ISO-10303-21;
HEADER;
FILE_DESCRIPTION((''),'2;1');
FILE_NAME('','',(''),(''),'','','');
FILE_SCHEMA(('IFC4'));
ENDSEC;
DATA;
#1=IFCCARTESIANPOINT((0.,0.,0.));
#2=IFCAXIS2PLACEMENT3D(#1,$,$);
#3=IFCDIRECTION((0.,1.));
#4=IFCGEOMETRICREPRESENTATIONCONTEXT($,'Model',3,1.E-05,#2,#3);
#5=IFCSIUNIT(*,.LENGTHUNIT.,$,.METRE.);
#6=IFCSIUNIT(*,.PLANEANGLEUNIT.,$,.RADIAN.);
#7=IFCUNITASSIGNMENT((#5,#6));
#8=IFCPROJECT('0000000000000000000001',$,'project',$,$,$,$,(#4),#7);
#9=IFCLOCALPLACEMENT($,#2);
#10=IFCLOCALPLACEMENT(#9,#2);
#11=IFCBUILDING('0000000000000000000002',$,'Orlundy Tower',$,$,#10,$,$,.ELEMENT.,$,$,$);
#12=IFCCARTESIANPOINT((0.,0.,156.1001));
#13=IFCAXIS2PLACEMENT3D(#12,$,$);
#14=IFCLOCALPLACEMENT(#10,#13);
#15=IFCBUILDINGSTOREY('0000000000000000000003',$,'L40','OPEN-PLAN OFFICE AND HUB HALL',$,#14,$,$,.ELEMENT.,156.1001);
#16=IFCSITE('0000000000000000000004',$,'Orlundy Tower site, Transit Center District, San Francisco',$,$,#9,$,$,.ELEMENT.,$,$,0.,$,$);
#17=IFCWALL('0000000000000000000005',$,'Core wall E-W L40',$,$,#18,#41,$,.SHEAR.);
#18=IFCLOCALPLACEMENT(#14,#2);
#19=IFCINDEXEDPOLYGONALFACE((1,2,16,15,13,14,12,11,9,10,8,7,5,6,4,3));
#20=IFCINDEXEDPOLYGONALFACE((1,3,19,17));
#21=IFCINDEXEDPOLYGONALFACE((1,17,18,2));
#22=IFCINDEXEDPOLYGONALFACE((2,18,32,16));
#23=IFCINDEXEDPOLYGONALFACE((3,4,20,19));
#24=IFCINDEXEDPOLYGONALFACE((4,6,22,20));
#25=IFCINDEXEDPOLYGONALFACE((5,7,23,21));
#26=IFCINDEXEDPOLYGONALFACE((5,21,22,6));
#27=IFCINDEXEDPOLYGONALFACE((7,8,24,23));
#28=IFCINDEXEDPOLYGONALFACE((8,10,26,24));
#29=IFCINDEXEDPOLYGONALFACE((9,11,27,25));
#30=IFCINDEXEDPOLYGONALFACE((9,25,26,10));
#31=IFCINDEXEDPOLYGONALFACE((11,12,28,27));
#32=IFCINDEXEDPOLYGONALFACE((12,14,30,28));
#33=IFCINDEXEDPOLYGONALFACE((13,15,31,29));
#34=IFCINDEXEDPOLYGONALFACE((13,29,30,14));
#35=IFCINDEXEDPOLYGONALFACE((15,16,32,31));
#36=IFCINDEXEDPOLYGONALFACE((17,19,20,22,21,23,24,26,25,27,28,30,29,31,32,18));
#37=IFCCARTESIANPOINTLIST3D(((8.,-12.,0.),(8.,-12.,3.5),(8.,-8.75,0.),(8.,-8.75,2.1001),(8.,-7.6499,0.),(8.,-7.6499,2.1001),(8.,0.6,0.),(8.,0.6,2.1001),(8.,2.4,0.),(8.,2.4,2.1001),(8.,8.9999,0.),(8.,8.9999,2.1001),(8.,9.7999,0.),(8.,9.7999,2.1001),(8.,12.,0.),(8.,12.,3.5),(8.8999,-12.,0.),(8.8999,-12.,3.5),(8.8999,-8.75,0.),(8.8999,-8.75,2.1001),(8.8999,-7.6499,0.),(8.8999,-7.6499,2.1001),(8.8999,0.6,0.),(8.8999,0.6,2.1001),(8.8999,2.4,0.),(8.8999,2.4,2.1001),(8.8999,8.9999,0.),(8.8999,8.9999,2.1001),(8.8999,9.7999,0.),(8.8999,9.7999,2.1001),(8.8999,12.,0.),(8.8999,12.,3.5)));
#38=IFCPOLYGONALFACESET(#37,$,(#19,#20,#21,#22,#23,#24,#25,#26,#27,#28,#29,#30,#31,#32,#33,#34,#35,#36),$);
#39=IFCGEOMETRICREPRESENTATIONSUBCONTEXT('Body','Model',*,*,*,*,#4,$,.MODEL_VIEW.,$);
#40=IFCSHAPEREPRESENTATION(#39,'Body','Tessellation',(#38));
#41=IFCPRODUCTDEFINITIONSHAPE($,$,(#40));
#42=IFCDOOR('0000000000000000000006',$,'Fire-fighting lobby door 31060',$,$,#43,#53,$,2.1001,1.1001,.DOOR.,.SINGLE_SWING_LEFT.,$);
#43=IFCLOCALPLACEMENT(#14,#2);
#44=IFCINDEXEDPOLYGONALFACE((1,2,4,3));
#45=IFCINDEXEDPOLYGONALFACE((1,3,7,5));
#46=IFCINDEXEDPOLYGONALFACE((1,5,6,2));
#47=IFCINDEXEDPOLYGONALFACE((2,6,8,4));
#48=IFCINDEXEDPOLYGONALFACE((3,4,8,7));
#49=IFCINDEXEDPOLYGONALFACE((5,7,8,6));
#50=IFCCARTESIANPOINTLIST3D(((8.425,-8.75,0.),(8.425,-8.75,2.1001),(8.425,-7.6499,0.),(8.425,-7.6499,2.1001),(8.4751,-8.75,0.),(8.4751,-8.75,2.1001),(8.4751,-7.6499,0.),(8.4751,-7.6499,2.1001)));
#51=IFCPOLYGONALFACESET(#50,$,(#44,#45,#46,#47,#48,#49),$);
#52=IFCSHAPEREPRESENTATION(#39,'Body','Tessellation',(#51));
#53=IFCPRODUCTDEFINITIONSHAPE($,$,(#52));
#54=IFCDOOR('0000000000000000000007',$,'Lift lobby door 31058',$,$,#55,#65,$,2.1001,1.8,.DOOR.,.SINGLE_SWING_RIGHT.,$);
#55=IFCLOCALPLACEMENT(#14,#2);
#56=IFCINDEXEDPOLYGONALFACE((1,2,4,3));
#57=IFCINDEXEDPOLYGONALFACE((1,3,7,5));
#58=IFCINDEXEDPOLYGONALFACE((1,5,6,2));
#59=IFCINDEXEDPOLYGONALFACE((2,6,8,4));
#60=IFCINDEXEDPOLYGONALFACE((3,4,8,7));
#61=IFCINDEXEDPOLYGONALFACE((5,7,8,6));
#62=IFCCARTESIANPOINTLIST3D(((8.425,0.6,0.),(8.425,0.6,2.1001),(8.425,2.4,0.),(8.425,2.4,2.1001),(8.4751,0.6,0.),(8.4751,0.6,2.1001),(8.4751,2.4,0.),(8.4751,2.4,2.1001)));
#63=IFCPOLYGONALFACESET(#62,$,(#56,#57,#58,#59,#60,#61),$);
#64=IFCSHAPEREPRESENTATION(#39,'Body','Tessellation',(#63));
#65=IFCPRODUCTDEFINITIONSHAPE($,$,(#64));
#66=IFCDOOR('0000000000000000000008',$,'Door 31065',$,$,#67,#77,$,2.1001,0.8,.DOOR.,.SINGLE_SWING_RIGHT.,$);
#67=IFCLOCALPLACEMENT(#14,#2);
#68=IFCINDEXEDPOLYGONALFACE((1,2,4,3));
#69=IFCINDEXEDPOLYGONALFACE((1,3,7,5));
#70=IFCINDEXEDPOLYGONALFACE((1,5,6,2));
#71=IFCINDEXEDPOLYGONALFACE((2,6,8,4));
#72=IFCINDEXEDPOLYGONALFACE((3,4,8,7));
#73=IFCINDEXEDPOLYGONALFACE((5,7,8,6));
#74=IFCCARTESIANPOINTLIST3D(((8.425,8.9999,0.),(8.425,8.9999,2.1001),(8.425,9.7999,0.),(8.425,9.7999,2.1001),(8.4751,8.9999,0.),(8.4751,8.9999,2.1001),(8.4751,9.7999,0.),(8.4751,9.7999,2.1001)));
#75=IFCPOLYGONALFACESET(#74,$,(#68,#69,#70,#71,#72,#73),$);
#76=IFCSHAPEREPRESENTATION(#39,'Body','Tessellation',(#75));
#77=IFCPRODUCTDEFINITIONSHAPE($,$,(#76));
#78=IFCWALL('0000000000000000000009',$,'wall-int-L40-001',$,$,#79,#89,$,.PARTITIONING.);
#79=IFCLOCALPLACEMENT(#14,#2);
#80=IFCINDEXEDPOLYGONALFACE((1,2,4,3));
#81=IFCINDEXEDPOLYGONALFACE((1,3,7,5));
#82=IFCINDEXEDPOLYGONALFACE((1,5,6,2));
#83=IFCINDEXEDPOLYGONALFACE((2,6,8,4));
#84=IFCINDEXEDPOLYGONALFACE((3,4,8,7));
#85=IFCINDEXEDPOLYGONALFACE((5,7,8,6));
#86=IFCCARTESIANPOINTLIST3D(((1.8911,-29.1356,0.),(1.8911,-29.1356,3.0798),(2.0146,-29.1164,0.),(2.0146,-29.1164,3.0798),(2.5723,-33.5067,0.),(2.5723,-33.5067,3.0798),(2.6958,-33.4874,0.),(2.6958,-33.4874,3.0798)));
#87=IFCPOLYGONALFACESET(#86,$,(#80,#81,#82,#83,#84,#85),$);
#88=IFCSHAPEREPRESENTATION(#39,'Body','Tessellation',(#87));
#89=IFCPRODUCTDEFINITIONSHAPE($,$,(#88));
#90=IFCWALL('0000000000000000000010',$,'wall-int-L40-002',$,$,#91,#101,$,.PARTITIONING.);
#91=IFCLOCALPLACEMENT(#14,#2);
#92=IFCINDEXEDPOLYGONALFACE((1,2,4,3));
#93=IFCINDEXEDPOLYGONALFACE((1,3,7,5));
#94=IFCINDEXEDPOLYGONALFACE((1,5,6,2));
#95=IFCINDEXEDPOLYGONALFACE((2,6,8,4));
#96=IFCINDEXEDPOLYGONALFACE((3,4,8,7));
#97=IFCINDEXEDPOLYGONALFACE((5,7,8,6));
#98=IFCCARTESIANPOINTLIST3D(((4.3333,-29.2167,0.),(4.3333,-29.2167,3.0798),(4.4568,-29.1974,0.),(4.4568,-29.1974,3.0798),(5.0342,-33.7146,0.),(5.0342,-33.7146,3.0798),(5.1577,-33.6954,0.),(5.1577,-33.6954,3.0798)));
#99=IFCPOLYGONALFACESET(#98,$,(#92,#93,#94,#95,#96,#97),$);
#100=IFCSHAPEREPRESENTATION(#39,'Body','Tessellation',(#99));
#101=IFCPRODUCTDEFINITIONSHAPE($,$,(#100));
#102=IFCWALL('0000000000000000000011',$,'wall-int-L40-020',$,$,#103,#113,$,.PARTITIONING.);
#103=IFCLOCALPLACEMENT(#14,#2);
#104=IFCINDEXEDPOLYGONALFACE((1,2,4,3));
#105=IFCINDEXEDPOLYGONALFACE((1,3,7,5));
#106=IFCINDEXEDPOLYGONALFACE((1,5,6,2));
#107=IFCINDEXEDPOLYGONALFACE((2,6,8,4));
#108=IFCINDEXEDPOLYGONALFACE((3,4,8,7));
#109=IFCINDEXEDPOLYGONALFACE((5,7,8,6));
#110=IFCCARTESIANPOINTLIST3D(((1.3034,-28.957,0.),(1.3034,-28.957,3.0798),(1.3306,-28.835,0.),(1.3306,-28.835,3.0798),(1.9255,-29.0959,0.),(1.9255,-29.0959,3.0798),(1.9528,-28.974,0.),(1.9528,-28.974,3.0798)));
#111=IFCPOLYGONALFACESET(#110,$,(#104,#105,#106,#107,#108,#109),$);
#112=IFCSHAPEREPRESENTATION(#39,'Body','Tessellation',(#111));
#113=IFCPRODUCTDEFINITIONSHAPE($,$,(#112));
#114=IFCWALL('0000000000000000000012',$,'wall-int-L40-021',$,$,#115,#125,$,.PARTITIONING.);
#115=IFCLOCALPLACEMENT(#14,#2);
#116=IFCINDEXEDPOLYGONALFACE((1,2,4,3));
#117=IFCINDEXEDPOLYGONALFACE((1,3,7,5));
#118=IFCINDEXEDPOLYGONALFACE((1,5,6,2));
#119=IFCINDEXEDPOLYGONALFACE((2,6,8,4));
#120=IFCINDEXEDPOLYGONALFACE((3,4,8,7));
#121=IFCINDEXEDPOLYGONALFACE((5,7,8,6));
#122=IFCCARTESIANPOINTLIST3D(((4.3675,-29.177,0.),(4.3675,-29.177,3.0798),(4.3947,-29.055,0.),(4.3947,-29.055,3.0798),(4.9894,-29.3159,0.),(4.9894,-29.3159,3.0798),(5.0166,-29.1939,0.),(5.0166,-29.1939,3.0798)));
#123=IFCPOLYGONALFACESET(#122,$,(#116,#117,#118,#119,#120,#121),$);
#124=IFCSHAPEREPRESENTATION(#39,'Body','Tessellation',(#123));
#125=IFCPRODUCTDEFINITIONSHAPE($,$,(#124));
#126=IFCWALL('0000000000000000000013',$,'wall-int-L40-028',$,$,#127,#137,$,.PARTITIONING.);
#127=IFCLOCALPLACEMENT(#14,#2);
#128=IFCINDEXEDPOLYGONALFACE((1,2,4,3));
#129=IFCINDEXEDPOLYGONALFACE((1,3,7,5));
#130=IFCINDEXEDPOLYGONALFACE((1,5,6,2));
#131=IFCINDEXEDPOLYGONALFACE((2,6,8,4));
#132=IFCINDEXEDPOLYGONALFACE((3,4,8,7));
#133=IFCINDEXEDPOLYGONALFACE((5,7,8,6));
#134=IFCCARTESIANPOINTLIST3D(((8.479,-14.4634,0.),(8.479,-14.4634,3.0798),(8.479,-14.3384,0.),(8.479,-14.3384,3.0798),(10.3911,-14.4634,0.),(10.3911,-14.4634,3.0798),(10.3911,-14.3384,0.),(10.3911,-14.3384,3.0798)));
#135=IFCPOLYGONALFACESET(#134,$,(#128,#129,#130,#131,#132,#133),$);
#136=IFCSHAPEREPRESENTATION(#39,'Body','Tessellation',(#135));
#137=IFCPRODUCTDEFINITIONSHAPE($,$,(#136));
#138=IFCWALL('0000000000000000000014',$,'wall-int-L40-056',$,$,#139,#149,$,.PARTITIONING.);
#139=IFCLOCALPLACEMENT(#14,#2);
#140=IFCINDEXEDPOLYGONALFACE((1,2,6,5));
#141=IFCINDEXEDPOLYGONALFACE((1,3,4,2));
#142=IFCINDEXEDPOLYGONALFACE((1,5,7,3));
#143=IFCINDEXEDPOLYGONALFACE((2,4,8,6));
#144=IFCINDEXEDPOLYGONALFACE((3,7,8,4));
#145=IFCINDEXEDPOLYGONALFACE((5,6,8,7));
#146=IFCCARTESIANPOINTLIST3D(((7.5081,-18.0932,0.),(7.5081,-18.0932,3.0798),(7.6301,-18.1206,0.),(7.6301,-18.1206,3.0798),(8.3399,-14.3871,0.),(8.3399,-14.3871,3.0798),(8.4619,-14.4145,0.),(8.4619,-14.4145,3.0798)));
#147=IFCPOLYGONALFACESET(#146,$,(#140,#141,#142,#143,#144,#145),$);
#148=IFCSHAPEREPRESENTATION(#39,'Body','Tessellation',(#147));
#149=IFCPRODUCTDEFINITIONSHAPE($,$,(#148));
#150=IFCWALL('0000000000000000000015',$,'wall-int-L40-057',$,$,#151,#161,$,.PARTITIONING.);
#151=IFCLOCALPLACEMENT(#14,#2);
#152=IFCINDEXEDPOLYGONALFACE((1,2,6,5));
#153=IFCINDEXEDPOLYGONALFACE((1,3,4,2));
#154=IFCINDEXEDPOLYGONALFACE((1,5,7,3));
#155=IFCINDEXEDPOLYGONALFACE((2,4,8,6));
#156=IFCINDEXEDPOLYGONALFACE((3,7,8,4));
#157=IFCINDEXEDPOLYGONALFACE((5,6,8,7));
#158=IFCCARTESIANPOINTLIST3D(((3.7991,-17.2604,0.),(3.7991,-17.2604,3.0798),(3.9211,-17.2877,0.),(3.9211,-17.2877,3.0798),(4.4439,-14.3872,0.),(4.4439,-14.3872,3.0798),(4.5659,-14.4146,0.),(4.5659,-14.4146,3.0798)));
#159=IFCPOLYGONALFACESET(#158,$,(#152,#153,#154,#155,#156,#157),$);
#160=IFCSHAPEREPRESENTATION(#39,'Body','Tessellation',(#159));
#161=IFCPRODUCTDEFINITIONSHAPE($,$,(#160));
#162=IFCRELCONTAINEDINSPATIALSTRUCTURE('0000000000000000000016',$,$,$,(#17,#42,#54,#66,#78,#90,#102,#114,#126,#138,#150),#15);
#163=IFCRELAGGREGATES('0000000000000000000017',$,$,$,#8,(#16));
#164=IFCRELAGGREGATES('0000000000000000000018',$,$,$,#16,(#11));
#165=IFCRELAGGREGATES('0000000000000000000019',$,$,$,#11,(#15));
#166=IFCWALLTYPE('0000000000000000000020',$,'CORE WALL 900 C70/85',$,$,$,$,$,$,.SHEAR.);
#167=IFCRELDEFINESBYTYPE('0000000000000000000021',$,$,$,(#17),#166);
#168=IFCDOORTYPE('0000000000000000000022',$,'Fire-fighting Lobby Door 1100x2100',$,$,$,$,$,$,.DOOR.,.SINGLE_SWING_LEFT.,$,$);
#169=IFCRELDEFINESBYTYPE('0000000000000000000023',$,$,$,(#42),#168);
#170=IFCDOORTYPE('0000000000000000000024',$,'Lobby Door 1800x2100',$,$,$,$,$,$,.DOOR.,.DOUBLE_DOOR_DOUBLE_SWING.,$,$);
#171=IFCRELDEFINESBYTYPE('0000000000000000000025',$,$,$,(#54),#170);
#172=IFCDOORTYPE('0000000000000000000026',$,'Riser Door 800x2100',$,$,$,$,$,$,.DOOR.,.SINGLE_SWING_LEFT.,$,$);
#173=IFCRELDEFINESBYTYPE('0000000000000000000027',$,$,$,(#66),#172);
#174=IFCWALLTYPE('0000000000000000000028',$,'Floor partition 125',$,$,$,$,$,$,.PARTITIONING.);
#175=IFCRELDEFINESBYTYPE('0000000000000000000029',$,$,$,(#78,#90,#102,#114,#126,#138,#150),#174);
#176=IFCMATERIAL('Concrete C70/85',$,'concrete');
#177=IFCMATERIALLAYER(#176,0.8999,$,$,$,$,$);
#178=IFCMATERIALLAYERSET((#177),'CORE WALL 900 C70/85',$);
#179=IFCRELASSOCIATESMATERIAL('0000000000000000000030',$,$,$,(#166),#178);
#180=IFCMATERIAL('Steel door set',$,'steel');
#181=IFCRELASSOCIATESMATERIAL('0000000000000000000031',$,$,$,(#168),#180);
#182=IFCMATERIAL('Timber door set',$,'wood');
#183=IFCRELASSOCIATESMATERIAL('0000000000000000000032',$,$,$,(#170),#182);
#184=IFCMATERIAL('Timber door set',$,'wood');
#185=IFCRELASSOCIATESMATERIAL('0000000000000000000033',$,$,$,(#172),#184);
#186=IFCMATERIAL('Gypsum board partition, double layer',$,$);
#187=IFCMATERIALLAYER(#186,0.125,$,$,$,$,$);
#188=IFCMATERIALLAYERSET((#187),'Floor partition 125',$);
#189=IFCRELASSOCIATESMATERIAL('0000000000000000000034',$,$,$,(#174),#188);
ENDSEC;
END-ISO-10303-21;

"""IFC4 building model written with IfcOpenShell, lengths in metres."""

from ifc_helpers import new_model, si_unit, direction, frame, frame_2d, origin, place, context, subcontext, project, spatial, rectangle, extrude, material, layer, layer_set, type_object, element, fill, save


model = new_model("IFC4")

# Units and contexts
model_context = context("Model", 3, precision=1e-05, world=origin(), true_north=direction((0.0, 1.0)))
body_context = subcontext(model_context, "Body", "Model", "MODEL_VIEW")
ifc_project = project(units=[si_unit("LENGTHUNIT", "METRE"), si_unit("PLANEANGLEUNIT", "RADIAN")], contexts=[model_context])

# Site, building, storey
site_placement = place(None, origin())
site = spatial("IfcSite", under=ifc_project, at=site_placement, Name="Orlundy Tower site, Transit Center District, San Francisco", CompositionType="ELEMENT", RefElevation=0.0)
building_placement = place(site_placement, origin())
building = spatial("IfcBuilding", under=site, at=building_placement, Name="Orlundy Tower", CompositionType="ELEMENT")
storey_placement = place(building_placement, frame((0.0, 0.0, 156.1001)))
storey = spatial("IfcBuildingStorey", under=building, at=storey_placement, Name="L40", Description="OPEN-PLAN OFFICE AND HUB HALL", CompositionType="ELEMENT", Elevation=156.1001)

# Shared definitions
ifc_material_1 = material(Name="Concrete C70/85", Category="concrete")
ifc_layer_1 = layer(ifc_material_1, 0.8999)
ifc_layer_set_1 = layer_set([ifc_layer_1], Name="CORE WALL 900 C70/85")
wall_type_1 = type_object("IfcWallType", Name="CORE WALL 900 C70/85", PredefinedType="SHEAR", material=ifc_layer_set_1)

# Wall, openings, doors
wall_1_placement = place(storey_placement, frame((8.45, -12.0, 0.0), z_axis=(0.0, 0.0, 1.0), x_axis=(0.0, 1.0, 0.0)))
wall_1 = element("IfcWall", 1, at=wall_1_placement, inside=storey, type_object=wall_type_1, Name="Core wall E-W L40", PredefinedType="SHEAR", context=body_context, shape_type="SweptSolid", body=[
    extrude(rectangle(XDim=24.0, YDim=0.8999, at=frame_2d((12.0, 0.0))), origin(), (0.0, 0.0, 1.0), 3.5),
])
opening_1_placement = place(wall_1_placement, frame((12.6001, 0.0, 0.0)))
opening_1 = element("IfcOpeningElement", 2, at=opening_1_placement, cuts=wall_1, PredefinedType="OPENING", context=body_context, shape_type="SweptSolid", body=[
    extrude(rectangle(XDim=1.8, YDim=2.1001, at=frame_2d((0.8999, 1.05))), frame((0.0, 0.46, 0.0), z_axis=(0.0, -1.0, 0.0), x_axis=(1.0, 0.0, 0.0)), (0.0, 0.0, 1.0), 0.9199),
])
opening_2_placement = place(wall_1_placement, frame((3.25, 0.0, 0.0)))
opening_2 = element("IfcOpeningElement", 3, at=opening_2_placement, cuts=wall_1, PredefinedType="OPENING", context=body_context, shape_type="SweptSolid", body=[
    extrude(rectangle(XDim=1.1001, YDim=2.1001, at=frame_2d((0.55, 1.05))), frame((0.0, 0.46, 0.0), z_axis=(0.0, -1.0, 0.0), x_axis=(1.0, 0.0, 0.0)), (0.0, 0.0, 1.0), 0.9199),
])
opening_3_placement = place(wall_1_placement, frame((21.0, 0.0, 0.0)))
opening_3 = element("IfcOpeningElement", 4, at=opening_3_placement, cuts=wall_1, PredefinedType="OPENING", context=body_context, shape_type="SweptSolid", body=[
    extrude(rectangle(XDim=0.8, YDim=2.1001, at=frame_2d((0.3999, 1.05))), frame((0.0, 0.46, 0.0), z_axis=(0.0, -1.0, 0.0), x_axis=(1.0, 0.0, 0.0)), (0.0, 0.0, 1.0), 0.9199),
])
ifc_material_2 = material(Name="Steel door set", Category="steel")
door_type_1 = type_object("IfcDoorType", Name="Fire-fighting Lobby Door 1100x2100", OperationType="SINGLE_SWING_LEFT", PredefinedType="DOOR", material=ifc_material_2)
door_1_placement = place(opening_2_placement, origin())
door_1 = element("IfcDoor", 5, at=door_1_placement, inside=storey, type_object=door_type_1, Name="Fire-fighting lobby door 31060", OperationType="SINGLE_SWING_LEFT", OverallHeight=2.1001, OverallWidth=1.1001, PredefinedType="DOOR", context=body_context, shape_type="SweptSolid", body=[
    extrude(rectangle(XDim=1.1001, YDim=2.1001, at=frame_2d((0.55, 1.05))), frame((0.0, 0.0249, 0.0), z_axis=(0.0, -1.0, 0.0), x_axis=(1.0, 0.0, 0.0)), (0.0, 0.0, 1.0), 0.05),
])
fill(opening_2, door_1)
ifc_material_3 = material(Name="Timber door set", Category="wood")
door_type_2 = type_object("IfcDoorType", Name="Lobby Door 1800x2100", OperationType="DOUBLE_DOOR_DOUBLE_SWING", PredefinedType="DOOR", material=ifc_material_3)
door_2_placement = place(opening_1_placement, origin())
door_2 = element("IfcDoor", 6, at=door_2_placement, inside=storey, type_object=door_type_2, Name="Lift lobby door 31058", OperationType="SINGLE_SWING_RIGHT", OverallHeight=2.1001, OverallWidth=1.8, PredefinedType="DOOR", context=body_context, shape_type="SweptSolid", body=[
    extrude(rectangle(XDim=1.8, YDim=2.1001, at=frame_2d((0.8999, 1.05))), frame((0.0, 0.0249, 0.0), z_axis=(0.0, -1.0, 0.0), x_axis=(1.0, 0.0, 0.0)), (0.0, 0.0, 1.0), 0.05),
])
fill(opening_1, door_2)
ifc_material_4 = material(Name="Timber door set", Category="wood")
door_type_3 = type_object("IfcDoorType", Name="Riser Door 800x2100", OperationType="SINGLE_SWING_LEFT", PredefinedType="DOOR", material=ifc_material_4)
door_3_placement = place(opening_3_placement, origin())
door_3 = element("IfcDoor", 7, at=door_3_placement, inside=storey, type_object=door_type_3, Name="Door 31065", OperationType="SINGLE_SWING_RIGHT", OverallHeight=2.1001, OverallWidth=0.8, PredefinedType="DOOR", context=body_context, shape_type="SweptSolid", body=[
    extrude(rectangle(XDim=0.8, YDim=2.1001, at=frame_2d((0.3999, 1.05))), frame((0.0, 0.0249, 0.0), z_axis=(0.0, -1.0, 0.0), x_axis=(1.0, 0.0, 0.0)), (0.0, 0.0, 1.0), 0.05),
])
fill(opening_3, door_3)

# Walls
ifc_material_5 = material(Name="Gypsum board partition, double layer")
ifc_layer_2 = layer(ifc_material_5, 0.125)
ifc_layer_set_2 = layer_set([ifc_layer_2], Name="Floor partition 125")
wall_type_2 = type_object("IfcWallType", Name="Floor partition 125", PredefinedType="PARTITIONING", material=ifc_layer_set_2)
wall_2_placement = place(storey_placement, frame((2.634, -33.4971, 0.0), z_axis=(0.0, 0.0, 1.0), x_axis=(-0.153973, 0.988075, 0.0)))
element("IfcWall", 8, at=wall_2_placement, inside=storey, type_object=wall_type_2, Name="wall-int-L40-001", PredefinedType="PARTITIONING", context=body_context, shape_type="SweptSolid", body=[
    extrude(rectangle(XDim=4.4238, YDim=0.125, at=frame_2d((2.2119, 0.0))), origin(), (0.0, 0.0, 1.0), 3.0798),
])
wall_3_placement = place(storey_placement, frame((4.395, -29.207, 0.0), z_axis=(0.0, 0.0, 1.0), x_axis=(0.153971, -0.988075, 0.0)))
element("IfcWall", 9, at=wall_3_placement, inside=storey, type_object=wall_type_2, Name="wall-int-L40-002", PredefinedType="PARTITIONING", context=body_context, shape_type="SweptSolid", body=[
    extrude(rectangle(XDim=4.5522, YDim=0.125, at=frame_2d((2.2761, 0.0))), origin(), (0.0, 0.0, 1.0), 3.0798),
])
wall_4_placement = place(storey_placement, frame((1.3169, -28.896, 0.0), z_axis=(0.0, 0.0, 1.0), x_axis=(0.975961, -0.217944, 0.0)))
element("IfcWall", 10, at=wall_4_placement, inside=storey, type_object=wall_type_2, Name="wall-int-L40-020", PredefinedType="PARTITIONING", context=body_context, shape_type="SweptSolid", body=[
    extrude(rectangle(XDim=0.6375, YDim=0.125, at=frame_2d((0.3188, 0.0))), origin(), (0.0, 0.0, 1.0), 3.0798),
])
wall_5_placement = place(storey_placement, frame((4.3811, -29.116, 0.0), z_axis=(0.0, 0.0, 1.0), x_axis=(0.975943, -0.218026, 0.0)))
element("IfcWall", 11, at=wall_5_placement, inside=storey, type_object=wall_type_2, Name="wall-int-L40-021", PredefinedType="PARTITIONING", context=body_context, shape_type="SweptSolid", body=[
    extrude(rectangle(XDim=0.6372, YDim=0.125, at=frame_2d((0.3186, 0.0))), origin(), (0.0, 0.0, 1.0), 3.0798),
])
wall_6_placement = place(storey_placement, frame((8.479, -14.4009, 0.0), z_axis=(0.0, 0.0, 1.0), x_axis=(1.0, 0.0, 0.0)))
element("IfcWall", 12, at=wall_6_placement, inside=storey, type_object=wall_type_2, Name="wall-int-L40-028", PredefinedType="PARTITIONING", context=body_context, shape_type="SweptSolid", body=[
    extrude(rectangle(XDim=1.9121, YDim=0.125, at=frame_2d((0.9561, 0.0))), origin(), (0.0, 0.0, 1.0), 3.0798),
])
wall_7_placement = place(storey_placement, frame((7.5691, -18.1069, 0.0), z_axis=(0.0, 0.0, 1.0), x_axis=(0.218992, 0.975727, 0.0)))
element("IfcWall", 13, at=wall_7_placement, inside=storey, type_object=wall_type_2, Name="wall-int-L40-056", PredefinedType="PARTITIONING", context=body_context, shape_type="SweptSolid", body=[
    extrude(rectangle(XDim=3.7983, YDim=0.125, at=frame_2d((1.8992, 0.0))), origin(), (0.0, 0.0, 1.0), 3.0798),
])
wall_8_placement = place(storey_placement, frame((3.8601, -17.2739, 0.0), z_axis=(0.0, 0.0, 1.0), x_axis=(0.218976, 0.97573, 0.0)))
element("IfcWall", 14, at=wall_8_placement, inside=storey, type_object=wall_type_2, Name="wall-int-L40-057", PredefinedType="PARTITIONING", context=body_context, shape_type="SweptSolid", body=[
    extrude(rectangle(XDim=2.9446, YDim=0.125, at=frame_2d((1.4722, 0.0))), origin(), (0.0, 0.0, 1.0), 3.0798),
])

save(model, "model.ifc")
